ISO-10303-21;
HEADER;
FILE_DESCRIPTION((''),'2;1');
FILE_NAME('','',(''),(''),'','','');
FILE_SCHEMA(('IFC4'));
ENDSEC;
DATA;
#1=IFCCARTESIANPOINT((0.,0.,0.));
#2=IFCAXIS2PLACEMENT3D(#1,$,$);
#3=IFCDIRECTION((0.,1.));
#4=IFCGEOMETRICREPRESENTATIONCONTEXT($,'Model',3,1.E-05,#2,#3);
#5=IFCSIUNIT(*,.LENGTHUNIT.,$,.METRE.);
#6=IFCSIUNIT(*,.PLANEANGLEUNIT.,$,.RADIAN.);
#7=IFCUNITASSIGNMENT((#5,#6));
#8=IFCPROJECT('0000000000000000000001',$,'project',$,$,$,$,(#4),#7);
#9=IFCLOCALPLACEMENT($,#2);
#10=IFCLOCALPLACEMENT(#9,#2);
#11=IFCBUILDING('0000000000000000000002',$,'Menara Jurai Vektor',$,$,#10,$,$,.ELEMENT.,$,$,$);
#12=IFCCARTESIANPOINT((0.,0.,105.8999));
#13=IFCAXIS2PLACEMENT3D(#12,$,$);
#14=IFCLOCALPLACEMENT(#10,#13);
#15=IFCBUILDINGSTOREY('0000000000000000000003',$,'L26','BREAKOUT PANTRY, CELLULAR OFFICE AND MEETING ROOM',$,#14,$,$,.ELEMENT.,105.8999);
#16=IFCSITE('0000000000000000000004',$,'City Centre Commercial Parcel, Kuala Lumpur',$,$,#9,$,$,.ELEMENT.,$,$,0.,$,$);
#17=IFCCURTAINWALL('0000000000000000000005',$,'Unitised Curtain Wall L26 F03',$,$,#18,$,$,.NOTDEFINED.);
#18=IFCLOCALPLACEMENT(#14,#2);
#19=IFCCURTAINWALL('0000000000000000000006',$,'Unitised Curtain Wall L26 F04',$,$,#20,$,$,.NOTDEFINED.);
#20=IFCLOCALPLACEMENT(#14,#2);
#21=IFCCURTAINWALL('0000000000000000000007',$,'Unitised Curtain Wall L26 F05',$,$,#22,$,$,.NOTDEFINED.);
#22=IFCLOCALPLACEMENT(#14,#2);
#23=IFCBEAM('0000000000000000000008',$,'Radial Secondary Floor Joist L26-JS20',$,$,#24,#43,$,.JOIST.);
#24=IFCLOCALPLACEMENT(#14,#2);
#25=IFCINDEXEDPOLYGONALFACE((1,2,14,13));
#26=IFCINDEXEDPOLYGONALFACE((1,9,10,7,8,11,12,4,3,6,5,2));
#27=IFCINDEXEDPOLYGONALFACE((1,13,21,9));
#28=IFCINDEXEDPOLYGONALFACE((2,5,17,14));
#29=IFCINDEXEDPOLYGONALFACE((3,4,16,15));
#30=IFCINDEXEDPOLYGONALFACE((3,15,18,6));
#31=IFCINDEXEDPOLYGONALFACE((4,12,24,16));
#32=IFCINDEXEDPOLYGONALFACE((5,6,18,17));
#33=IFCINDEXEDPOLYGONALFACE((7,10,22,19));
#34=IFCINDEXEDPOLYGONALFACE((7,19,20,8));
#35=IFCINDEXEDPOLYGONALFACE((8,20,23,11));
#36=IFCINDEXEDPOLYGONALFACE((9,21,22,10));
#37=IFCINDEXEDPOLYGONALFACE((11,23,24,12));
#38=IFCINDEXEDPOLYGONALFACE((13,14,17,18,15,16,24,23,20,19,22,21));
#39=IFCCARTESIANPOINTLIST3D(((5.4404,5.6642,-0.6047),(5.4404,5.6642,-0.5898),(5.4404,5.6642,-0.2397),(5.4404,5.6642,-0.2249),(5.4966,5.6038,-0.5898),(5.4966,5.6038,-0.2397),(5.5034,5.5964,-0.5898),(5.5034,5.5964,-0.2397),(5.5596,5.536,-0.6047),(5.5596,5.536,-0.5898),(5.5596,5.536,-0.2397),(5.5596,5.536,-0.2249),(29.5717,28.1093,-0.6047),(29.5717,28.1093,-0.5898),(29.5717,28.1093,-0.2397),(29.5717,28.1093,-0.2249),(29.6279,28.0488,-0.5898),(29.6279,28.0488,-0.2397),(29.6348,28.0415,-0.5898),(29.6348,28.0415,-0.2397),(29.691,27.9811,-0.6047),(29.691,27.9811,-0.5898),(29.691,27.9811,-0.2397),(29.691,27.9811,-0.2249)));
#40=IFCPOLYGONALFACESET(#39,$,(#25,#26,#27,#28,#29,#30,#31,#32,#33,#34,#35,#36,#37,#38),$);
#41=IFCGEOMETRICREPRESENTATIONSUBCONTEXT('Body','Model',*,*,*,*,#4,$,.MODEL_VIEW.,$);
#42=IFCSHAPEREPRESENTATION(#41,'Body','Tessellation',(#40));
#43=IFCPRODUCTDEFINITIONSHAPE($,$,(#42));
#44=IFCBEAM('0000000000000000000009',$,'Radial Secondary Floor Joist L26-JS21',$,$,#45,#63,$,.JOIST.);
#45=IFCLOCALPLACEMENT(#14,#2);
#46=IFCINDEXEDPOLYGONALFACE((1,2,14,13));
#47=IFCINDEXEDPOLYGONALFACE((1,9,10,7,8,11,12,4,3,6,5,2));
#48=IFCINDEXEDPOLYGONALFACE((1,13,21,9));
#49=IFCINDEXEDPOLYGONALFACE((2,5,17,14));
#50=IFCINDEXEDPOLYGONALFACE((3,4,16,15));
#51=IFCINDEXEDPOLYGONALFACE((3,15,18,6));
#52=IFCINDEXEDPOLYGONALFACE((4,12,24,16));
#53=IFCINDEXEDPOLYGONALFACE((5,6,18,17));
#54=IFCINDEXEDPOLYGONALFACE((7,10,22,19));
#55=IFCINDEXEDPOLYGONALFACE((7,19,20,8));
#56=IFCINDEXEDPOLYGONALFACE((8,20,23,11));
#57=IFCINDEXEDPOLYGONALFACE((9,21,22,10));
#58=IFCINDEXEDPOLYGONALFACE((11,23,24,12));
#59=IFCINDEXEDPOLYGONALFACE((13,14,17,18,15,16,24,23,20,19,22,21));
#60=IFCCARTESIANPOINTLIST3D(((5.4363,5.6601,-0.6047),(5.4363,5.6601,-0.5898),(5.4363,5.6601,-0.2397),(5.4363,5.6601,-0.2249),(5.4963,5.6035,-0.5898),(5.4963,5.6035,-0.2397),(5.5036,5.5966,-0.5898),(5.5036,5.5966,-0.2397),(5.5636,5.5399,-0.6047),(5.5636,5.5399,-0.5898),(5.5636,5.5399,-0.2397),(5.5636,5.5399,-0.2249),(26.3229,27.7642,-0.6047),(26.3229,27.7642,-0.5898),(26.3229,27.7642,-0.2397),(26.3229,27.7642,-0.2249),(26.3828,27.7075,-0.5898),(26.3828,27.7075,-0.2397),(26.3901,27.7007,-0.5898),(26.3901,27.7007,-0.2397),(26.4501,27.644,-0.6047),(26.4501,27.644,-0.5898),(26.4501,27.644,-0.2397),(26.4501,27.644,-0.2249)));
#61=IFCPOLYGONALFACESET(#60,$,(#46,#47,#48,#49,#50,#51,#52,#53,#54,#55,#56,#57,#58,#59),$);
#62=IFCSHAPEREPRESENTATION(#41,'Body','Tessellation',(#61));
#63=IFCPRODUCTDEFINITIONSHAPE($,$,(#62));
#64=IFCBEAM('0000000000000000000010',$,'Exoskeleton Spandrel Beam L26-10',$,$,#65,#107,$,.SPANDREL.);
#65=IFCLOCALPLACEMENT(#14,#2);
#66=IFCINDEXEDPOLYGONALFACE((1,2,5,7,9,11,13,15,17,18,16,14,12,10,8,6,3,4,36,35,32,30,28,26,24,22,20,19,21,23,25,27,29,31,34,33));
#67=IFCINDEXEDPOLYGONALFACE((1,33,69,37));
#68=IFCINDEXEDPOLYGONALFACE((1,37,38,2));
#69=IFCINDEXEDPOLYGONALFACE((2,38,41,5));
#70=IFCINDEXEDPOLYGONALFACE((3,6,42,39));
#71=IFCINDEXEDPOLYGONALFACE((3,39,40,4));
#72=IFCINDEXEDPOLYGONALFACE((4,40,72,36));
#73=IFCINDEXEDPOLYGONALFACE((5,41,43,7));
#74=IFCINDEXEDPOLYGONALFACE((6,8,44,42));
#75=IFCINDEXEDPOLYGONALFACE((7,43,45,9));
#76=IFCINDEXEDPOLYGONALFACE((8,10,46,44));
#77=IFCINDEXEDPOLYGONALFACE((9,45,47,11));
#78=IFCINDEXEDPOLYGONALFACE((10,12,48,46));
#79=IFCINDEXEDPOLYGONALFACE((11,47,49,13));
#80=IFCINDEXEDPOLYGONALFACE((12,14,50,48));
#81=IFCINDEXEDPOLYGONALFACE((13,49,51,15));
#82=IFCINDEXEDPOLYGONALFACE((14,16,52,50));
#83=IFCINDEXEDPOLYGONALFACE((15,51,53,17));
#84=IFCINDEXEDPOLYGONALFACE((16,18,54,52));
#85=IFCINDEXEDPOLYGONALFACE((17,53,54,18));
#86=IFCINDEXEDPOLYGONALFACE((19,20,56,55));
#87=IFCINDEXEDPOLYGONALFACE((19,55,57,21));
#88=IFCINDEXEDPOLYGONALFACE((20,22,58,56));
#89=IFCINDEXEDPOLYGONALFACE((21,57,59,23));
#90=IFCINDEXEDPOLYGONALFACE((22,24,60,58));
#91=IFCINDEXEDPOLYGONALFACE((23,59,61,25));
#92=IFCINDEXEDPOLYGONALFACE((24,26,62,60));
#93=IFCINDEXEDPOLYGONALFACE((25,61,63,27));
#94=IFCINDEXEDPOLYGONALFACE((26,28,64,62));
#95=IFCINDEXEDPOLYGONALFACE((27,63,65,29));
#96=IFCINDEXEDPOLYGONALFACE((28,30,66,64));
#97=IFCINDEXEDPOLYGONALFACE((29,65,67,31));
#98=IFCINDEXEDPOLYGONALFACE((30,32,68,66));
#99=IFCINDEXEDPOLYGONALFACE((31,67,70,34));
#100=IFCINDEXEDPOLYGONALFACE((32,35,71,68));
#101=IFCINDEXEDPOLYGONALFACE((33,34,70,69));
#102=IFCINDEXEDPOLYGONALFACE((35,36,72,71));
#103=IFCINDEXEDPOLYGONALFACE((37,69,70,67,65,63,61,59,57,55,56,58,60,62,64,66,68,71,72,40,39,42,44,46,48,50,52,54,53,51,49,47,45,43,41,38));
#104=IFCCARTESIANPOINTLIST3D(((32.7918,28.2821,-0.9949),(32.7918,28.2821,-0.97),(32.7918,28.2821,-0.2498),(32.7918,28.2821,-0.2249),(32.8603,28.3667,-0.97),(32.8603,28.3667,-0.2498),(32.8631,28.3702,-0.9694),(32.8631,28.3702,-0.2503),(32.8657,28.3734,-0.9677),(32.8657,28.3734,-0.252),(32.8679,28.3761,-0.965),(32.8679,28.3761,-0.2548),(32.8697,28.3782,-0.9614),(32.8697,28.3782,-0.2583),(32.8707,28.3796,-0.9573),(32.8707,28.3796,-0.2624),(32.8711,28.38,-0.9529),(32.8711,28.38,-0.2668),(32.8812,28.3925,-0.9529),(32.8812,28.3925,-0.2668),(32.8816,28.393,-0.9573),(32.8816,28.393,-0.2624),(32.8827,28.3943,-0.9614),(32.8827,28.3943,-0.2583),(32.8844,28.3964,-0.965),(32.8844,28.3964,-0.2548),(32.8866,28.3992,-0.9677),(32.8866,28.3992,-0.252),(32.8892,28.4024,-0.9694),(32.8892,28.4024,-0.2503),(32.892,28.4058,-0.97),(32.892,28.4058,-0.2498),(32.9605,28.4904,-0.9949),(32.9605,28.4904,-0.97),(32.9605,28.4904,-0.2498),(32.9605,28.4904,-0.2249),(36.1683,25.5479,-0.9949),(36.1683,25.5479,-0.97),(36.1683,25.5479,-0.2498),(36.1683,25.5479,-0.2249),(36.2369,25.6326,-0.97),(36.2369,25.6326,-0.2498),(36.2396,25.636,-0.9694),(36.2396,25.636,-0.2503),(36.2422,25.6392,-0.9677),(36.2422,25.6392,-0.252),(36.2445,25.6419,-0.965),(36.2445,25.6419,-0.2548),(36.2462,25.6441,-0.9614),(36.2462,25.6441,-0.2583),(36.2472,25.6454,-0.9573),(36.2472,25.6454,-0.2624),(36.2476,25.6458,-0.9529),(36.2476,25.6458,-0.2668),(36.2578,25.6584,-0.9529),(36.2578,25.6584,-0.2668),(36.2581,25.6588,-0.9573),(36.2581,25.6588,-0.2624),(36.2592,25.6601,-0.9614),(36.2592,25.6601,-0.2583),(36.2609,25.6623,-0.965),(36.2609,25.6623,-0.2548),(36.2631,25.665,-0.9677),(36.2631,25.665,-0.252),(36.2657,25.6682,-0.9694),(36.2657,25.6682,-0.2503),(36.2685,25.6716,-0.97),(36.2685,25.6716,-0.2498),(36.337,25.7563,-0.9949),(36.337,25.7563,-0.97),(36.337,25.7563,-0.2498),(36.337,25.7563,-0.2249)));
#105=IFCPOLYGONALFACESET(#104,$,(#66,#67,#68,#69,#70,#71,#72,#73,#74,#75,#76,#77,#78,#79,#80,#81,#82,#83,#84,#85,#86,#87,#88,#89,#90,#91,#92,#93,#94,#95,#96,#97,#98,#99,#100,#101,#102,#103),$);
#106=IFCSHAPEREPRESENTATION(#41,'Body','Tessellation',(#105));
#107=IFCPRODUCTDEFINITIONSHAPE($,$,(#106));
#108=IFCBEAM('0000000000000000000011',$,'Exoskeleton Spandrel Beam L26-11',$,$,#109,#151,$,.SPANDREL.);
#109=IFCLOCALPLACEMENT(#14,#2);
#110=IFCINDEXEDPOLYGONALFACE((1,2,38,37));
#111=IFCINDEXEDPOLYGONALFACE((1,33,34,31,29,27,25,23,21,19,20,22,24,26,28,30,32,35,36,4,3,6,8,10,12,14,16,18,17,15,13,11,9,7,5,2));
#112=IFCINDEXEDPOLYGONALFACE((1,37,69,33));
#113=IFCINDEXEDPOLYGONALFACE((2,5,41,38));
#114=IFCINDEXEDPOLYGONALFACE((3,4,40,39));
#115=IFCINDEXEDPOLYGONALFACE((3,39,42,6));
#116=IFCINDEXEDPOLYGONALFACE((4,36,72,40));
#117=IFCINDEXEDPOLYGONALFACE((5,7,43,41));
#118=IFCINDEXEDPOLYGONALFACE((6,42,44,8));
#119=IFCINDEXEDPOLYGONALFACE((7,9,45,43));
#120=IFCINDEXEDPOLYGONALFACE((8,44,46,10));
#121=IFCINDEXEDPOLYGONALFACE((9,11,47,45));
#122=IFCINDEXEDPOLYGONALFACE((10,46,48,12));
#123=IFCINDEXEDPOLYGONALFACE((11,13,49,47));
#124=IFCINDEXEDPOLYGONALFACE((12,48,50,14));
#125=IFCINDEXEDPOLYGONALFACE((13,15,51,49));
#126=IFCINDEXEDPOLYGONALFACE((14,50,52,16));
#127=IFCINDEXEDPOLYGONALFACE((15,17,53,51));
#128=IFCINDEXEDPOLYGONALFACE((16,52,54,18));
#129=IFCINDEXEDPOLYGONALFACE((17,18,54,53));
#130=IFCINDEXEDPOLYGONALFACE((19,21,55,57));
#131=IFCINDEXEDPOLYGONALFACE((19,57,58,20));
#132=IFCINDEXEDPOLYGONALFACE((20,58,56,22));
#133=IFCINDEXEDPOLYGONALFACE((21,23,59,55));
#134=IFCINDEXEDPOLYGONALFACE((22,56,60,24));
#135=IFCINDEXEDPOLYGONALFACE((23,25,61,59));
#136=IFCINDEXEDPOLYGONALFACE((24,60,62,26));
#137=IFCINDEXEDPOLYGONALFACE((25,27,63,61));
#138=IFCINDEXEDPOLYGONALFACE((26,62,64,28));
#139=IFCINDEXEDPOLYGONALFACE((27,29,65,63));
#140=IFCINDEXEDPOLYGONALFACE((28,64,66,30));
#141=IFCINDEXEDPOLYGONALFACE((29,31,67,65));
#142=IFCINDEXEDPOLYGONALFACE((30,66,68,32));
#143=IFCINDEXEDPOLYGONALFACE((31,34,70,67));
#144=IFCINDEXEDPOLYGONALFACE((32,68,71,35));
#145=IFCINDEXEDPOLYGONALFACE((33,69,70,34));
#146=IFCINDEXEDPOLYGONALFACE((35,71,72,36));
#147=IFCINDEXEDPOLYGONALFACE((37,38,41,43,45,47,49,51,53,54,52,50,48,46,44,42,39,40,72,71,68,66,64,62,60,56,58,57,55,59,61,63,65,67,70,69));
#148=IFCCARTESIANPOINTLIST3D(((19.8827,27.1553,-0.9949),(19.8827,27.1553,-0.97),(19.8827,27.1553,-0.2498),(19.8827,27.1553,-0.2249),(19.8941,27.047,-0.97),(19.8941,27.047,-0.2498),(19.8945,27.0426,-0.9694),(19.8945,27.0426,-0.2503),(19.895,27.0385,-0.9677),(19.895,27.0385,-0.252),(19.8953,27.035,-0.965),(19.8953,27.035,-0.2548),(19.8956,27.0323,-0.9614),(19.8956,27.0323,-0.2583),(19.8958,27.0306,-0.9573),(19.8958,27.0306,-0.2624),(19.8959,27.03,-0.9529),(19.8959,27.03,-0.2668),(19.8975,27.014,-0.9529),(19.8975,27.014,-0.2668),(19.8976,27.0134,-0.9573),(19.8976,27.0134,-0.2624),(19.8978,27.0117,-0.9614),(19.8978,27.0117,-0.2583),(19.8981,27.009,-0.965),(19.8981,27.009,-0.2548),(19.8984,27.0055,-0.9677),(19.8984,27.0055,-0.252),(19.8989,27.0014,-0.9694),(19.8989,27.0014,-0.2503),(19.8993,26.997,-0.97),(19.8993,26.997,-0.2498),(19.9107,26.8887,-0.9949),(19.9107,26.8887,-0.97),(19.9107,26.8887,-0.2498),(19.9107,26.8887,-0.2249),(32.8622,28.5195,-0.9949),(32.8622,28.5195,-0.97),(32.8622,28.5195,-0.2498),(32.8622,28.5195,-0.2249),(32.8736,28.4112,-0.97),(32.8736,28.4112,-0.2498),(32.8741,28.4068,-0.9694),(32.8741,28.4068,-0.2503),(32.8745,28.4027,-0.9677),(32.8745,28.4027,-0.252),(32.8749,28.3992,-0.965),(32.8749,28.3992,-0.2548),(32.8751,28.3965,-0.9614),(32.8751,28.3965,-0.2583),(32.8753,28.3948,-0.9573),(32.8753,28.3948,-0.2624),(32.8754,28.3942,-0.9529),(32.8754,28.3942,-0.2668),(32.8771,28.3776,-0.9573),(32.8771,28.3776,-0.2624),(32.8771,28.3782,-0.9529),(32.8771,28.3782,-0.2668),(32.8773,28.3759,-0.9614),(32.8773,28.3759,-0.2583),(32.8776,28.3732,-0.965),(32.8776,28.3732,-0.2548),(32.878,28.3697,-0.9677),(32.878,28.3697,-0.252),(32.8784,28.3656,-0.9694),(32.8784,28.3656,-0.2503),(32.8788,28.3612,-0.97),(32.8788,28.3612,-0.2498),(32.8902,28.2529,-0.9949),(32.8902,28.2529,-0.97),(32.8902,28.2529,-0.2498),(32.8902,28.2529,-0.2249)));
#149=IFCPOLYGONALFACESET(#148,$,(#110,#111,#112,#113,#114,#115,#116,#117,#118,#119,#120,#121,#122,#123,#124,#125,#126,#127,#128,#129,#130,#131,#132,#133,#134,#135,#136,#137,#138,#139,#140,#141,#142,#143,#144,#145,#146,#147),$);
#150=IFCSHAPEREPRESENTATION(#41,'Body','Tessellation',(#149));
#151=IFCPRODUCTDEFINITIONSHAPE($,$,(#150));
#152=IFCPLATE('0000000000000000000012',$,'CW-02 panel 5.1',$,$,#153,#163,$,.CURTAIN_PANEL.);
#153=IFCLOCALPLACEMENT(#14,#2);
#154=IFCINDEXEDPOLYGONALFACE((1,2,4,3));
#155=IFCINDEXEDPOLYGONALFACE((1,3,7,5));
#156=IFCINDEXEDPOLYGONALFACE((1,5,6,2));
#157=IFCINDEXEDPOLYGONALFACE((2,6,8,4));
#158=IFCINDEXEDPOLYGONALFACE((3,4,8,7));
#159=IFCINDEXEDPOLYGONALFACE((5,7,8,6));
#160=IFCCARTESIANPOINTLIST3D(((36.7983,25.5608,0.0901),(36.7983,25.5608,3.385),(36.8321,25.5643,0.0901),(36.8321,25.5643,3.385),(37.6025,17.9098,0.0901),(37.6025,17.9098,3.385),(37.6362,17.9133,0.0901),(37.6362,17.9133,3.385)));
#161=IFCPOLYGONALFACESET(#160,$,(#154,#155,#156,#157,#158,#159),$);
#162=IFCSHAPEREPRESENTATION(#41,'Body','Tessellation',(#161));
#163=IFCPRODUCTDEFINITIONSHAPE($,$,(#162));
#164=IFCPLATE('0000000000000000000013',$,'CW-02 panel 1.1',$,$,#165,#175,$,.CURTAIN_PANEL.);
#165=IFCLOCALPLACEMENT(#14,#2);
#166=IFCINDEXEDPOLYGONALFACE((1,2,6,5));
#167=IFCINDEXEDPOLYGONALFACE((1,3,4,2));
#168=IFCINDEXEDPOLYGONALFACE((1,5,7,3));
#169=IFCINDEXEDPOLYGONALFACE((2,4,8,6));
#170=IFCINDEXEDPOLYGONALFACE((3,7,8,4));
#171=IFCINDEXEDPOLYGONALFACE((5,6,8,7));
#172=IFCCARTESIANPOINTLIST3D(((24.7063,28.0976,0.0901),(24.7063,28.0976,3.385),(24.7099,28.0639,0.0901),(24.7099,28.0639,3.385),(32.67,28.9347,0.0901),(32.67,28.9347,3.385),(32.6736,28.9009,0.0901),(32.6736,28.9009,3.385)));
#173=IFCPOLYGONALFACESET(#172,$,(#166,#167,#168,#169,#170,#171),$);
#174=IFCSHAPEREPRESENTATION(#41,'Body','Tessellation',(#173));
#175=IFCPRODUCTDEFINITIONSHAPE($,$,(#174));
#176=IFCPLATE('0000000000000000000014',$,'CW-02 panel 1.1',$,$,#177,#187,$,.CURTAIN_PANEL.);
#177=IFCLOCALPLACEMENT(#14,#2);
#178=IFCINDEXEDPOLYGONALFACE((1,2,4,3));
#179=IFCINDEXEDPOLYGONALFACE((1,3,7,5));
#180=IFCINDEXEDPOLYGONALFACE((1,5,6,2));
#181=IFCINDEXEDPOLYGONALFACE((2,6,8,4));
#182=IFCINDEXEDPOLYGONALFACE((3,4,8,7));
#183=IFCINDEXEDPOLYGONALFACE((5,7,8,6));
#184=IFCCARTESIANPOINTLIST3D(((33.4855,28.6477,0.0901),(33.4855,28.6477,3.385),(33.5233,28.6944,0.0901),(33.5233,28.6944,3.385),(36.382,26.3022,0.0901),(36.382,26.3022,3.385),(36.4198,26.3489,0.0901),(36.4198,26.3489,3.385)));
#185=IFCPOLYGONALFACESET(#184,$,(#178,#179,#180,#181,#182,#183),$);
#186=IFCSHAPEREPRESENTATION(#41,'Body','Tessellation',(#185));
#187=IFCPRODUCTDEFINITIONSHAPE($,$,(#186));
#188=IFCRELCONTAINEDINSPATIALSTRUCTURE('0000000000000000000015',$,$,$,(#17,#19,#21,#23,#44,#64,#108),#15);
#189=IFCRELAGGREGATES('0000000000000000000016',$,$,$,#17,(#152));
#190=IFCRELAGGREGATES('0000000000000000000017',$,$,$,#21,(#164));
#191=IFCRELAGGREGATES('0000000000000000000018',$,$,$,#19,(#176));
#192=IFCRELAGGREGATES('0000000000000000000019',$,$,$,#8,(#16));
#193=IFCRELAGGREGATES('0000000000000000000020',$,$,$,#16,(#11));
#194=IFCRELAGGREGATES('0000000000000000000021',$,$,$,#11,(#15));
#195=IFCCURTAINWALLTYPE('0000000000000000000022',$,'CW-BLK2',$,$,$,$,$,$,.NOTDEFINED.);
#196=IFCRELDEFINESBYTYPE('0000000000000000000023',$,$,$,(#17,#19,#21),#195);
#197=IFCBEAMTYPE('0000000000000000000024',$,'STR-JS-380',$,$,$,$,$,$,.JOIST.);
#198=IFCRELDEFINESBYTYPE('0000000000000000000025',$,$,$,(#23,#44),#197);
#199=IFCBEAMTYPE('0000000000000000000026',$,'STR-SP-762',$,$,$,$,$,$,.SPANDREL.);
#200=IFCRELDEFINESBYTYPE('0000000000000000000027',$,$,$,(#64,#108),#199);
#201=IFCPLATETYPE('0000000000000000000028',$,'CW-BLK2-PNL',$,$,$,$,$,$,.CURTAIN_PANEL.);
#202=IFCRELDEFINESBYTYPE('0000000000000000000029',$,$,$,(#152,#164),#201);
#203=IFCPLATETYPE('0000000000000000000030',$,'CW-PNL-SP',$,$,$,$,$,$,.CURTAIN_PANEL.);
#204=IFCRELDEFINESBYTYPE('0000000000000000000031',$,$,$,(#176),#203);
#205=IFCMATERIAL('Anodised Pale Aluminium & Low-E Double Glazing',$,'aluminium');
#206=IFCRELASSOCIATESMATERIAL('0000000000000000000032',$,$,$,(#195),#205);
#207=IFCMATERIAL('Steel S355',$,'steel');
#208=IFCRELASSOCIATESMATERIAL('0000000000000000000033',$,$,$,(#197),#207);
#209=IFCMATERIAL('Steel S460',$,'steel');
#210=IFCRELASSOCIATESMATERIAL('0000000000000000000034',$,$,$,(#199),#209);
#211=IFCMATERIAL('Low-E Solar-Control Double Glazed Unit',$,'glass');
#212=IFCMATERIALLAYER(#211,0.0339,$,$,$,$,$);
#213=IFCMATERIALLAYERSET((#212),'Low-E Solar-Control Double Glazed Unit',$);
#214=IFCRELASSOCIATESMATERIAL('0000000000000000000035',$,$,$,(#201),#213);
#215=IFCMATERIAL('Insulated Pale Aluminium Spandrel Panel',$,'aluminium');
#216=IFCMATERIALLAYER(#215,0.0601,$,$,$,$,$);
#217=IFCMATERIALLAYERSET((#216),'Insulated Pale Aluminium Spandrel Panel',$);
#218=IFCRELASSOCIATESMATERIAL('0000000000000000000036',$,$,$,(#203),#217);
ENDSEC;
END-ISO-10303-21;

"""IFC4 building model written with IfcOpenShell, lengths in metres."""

from ifc_helpers import new_model, si_unit, direction, frame, origin, origin_2d, place, context, subcontext, project, spatial, rectangle, i_section, extrude, material, layer, layer_set, material_profile, profile_set, type_object, element, aggregate, save


model = new_model("IFC4")

# Units and contexts
model_context = context("Model", 3, precision=1e-05, world=origin(), true_north=direction((0.0, 1.0)))
body_context = subcontext(model_context, "Body", "Model", "MODEL_VIEW")
ifc_project = project(units=[si_unit("LENGTHUNIT", "METRE"), si_unit("PLANEANGLEUNIT", "RADIAN")], contexts=[model_context])

# Site, building, storey
site_placement = place(None, origin())
site = spatial("IfcSite", under=ifc_project, at=site_placement, Name="City Centre Commercial Parcel, Kuala Lumpur", CompositionType="ELEMENT", RefElevation=0.0)
building_placement = place(site_placement, origin())
building = spatial("IfcBuilding", under=site, at=building_placement, Name="Menara Jurai Vektor", CompositionType="ELEMENT")
storey_placement = place(building_placement, frame((0.0, 0.0, 105.8999)))
storey = spatial("IfcBuildingStorey", under=building, at=storey_placement, Name="L26", Description="BREAKOUT PANTRY, CELLULAR OFFICE AND MEETING ROOM", CompositionType="ELEMENT", Elevation=105.8999)

# Shared definitions
ifc_material_1 = material(Name="Steel S460", Category="steel")

# Curtain wall
ifc_material_2 = material(Name="Anodised Pale Aluminium & Low-E Double Glazing", Category="aluminium")
curtain_wall_type = type_object("IfcCurtainWallType", Name="CW-BLK2", PredefinedType="NOTDEFINED", material=ifc_material_2)
curtain_wall_1_placement = place(storey_placement, origin())
curtain_wall_1 = element("IfcCurtainWall", 1, at=curtain_wall_1_placement, inside=storey, type_object=curtain_wall_type, Name="Unitised Curtain Wall L26 F03", PredefinedType="NOTDEFINED")

# Curtain wall
curtain_wall_2_placement = place(storey_placement, origin())
curtain_wall_2 = element("IfcCurtainWall", 2, at=curtain_wall_2_placement, inside=storey, type_object=curtain_wall_type, Name="Unitised Curtain Wall L26 F04", PredefinedType="NOTDEFINED")

# Curtain wall
curtain_wall_3_placement = place(storey_placement, origin())
curtain_wall_3 = element("IfcCurtainWall", 3, at=curtain_wall_3_placement, inside=storey, type_object=curtain_wall_type, Name="Unitised Curtain Wall L26 F05", PredefinedType="NOTDEFINED")

# Shared definitions
ifc_material_3 = material(Name="Steel S355", Category="steel")

# Beams
ifc_material_profile_1 = material_profile(ifc_material_3, i_section(OverallWidth=0.175, OverallDepth=0.3799, WebThickness=0.01, FlangeThickness=0.0149, at=origin_2d()), Name="PG 380x175x58")
ifc_profile_set_1 = profile_set([ifc_material_profile_1], Name="Steel S355")
beam_type_1 = type_object("IfcBeamType", Name="STR-JS-380", PredefinedType="JOIST", material=ifc_profile_set_1)
beam_1_placement = place(storey_placement, frame((29.6313, 28.0452, -0.4148), z_axis=(-0.732228, -0.68106, 0.0), x_axis=(0.68106, -0.732228, 0.0)))
element("IfcBeam", 4, at=beam_1_placement, inside=storey, type_object=beam_type_1, Name="Radial Secondary Floor Joist L26-JS20", PredefinedType="JOIST", context=body_context, shape_type="SweptSolid", body=[
    extrude(i_section(OverallWidth=0.175, OverallDepth=0.3799, WebThickness=0.01, FlangeThickness=0.0149, at=origin_2d()), origin(), (0.0, 0.0, 1.0), 32.9561),
])
beam_2_placement = place(storey_placement, frame((26.3865, 27.7041, -0.4148), z_axis=(-0.686805, -0.726841, 0.0), x_axis=(0.726841, -0.686805, 0.0)))
element("IfcBeam", 5, at=beam_2_placement, inside=storey, type_object=beam_type_1, Name="Radial Secondary Floor Joist L26-JS21", PredefinedType="JOIST", context=body_context, shape_type="SweptSolid", body=[
    extrude(i_section(OverallWidth=0.175, OverallDepth=0.3799, WebThickness=0.01, FlangeThickness=0.0149, at=origin_2d()), origin(), (0.0, 0.0, 1.0), 30.4111),
])
ifc_material_profile_2 = material_profile(ifc_material_1, i_section(OverallWidth=0.2681, OverallDepth=0.77, WebThickness=0.0161, FlangeThickness=0.0249, FilletRadius=0.0171, at=origin_2d()), Name="UKB 762x267x197")
ifc_profile_set_2 = profile_set([ifc_material_profile_2], Name="Steel S460")
beam_type_2 = type_object("IfcBeamType", Name="STR-SP-762", PredefinedType="SPANDREL", material=ifc_profile_set_2)
beam_3_placement = place(storey_placement, frame((36.2527, 25.6521, -0.6099), z_axis=(-0.777155, 0.62931, 0.0), x_axis=(-0.62931, -0.777155, 0.0)))
element("IfcBeam", 6, at=beam_3_placement, inside=storey, type_object=beam_type_2, Name="Exoskeleton Spandrel Beam L26-10", PredefinedType="SPANDREL", context=body_context, shape_type="SweptSolid", body=[
    extrude(i_section(OverallWidth=0.2681, OverallDepth=0.77, WebThickness=0.0161, FlangeThickness=0.0249, FilletRadius=0.0171, at=origin_2d()), origin(), (0.0, 0.0, 1.0), 4.3447),
])
beam_4_placement = place(storey_placement, frame((32.8762, 28.3862, -0.6099), z_axis=(-0.994521, -0.104533, 0.0), x_axis=(0.104533, -0.994521, 0.0)))
element("IfcBeam", 7, at=beam_4_placement, inside=storey, type_object=beam_type_2, Name="Exoskeleton Spandrel Beam L26-11", PredefinedType="SPANDREL", context=body_context, shape_type="SweptSolid", body=[
    extrude(i_section(OverallWidth=0.2681, OverallDepth=0.77, WebThickness=0.0161, FlangeThickness=0.0249, FilletRadius=0.0171, at=origin_2d()), origin(), (0.0, 0.0, 1.0), 13.051),
])

# Plates
ifc_material_4 = material(Name="Low-E Solar-Control Double Glazed Unit", Category="glass")
ifc_layer_1 = layer(ifc_material_4, 0.0339)
ifc_layer_set_1 = layer_set([ifc_layer_1], Name="Low-E Solar-Control Double Glazed Unit")
plate_type_1 = type_object("IfcPlateType", Name="CW-BLK2-PNL", PredefinedType="CURTAIN_PANEL", material=ifc_layer_set_1)
plate_1_placement = place(storey_placement, frame((37.2173, 21.7371, 0.0901), z_axis=(0.0, 0.0, 1.0), x_axis=(-0.10453, 0.994522, 0.0)))
plate_1 = element("IfcPlate", 8, at=plate_1_placement, type_object=plate_type_1, Name="CW-02 panel 5.1", PredefinedType="CURTAIN_PANEL", context=body_context, shape_type="SweptSolid", body=[
    extrude(rectangle(XDim=7.6931, YDim=0.0339, at=origin_2d()), origin(), (0.0, 0.0, 1.0), 3.2949),
])
aggregate(curtain_wall_1, [plate_1])
plate_2_placement = place(storey_placement, frame((28.6899, 28.4993, 0.0901), z_axis=(0.0, 0.0, 1.0), x_axis=(-0.994522, -0.104529, 0.0)))
plate_2 = element("IfcPlate", 9, at=plate_2_placement, type_object=plate_type_1, Name="CW-02 panel 1.1", PredefinedType="CURTAIN_PANEL", context=body_context, shape_type="SweptSolid", body=[
    extrude(rectangle(XDim=8.0076, YDim=0.0339, at=origin_2d()), origin(), (0.0, 0.0, 1.0), 3.2949),
])
aggregate(curtain_wall_3, [plate_2])
ifc_material_5 = material(Name="Insulated Pale Aluminium Spandrel Panel", Category="aluminium")
ifc_layer_2 = layer(ifc_material_5, 0.0601)
ifc_layer_set_2 = layer_set([ifc_layer_2], Name="Insulated Pale Aluminium Spandrel Panel")
plate_type_2 = type_object("IfcPlateType", Name="CW-PNL-SP", PredefinedType="CURTAIN_PANEL", material=ifc_layer_set_2)
plate_3_placement = place(storey_placement, frame((34.9526, 27.4983, 0.0901), z_axis=(0.0, 0.0, 1.0), x_axis=(-0.777152, 0.629313, 0.0)))
plate_3 = element("IfcPlate", 10, at=plate_3_placement, type_object=plate_type_2, Name="CW-02 panel 1.1", PredefinedType="CURTAIN_PANEL", context=body_context, shape_type="SweptSolid", body=[
    extrude(rectangle(XDim=3.7271, YDim=0.0601, at=origin_2d()), origin(), (0.0, 0.0, 1.0), 3.2949),
])
aggregate(curtain_wall_2, [plate_3])

save(model, "model.ifc")
